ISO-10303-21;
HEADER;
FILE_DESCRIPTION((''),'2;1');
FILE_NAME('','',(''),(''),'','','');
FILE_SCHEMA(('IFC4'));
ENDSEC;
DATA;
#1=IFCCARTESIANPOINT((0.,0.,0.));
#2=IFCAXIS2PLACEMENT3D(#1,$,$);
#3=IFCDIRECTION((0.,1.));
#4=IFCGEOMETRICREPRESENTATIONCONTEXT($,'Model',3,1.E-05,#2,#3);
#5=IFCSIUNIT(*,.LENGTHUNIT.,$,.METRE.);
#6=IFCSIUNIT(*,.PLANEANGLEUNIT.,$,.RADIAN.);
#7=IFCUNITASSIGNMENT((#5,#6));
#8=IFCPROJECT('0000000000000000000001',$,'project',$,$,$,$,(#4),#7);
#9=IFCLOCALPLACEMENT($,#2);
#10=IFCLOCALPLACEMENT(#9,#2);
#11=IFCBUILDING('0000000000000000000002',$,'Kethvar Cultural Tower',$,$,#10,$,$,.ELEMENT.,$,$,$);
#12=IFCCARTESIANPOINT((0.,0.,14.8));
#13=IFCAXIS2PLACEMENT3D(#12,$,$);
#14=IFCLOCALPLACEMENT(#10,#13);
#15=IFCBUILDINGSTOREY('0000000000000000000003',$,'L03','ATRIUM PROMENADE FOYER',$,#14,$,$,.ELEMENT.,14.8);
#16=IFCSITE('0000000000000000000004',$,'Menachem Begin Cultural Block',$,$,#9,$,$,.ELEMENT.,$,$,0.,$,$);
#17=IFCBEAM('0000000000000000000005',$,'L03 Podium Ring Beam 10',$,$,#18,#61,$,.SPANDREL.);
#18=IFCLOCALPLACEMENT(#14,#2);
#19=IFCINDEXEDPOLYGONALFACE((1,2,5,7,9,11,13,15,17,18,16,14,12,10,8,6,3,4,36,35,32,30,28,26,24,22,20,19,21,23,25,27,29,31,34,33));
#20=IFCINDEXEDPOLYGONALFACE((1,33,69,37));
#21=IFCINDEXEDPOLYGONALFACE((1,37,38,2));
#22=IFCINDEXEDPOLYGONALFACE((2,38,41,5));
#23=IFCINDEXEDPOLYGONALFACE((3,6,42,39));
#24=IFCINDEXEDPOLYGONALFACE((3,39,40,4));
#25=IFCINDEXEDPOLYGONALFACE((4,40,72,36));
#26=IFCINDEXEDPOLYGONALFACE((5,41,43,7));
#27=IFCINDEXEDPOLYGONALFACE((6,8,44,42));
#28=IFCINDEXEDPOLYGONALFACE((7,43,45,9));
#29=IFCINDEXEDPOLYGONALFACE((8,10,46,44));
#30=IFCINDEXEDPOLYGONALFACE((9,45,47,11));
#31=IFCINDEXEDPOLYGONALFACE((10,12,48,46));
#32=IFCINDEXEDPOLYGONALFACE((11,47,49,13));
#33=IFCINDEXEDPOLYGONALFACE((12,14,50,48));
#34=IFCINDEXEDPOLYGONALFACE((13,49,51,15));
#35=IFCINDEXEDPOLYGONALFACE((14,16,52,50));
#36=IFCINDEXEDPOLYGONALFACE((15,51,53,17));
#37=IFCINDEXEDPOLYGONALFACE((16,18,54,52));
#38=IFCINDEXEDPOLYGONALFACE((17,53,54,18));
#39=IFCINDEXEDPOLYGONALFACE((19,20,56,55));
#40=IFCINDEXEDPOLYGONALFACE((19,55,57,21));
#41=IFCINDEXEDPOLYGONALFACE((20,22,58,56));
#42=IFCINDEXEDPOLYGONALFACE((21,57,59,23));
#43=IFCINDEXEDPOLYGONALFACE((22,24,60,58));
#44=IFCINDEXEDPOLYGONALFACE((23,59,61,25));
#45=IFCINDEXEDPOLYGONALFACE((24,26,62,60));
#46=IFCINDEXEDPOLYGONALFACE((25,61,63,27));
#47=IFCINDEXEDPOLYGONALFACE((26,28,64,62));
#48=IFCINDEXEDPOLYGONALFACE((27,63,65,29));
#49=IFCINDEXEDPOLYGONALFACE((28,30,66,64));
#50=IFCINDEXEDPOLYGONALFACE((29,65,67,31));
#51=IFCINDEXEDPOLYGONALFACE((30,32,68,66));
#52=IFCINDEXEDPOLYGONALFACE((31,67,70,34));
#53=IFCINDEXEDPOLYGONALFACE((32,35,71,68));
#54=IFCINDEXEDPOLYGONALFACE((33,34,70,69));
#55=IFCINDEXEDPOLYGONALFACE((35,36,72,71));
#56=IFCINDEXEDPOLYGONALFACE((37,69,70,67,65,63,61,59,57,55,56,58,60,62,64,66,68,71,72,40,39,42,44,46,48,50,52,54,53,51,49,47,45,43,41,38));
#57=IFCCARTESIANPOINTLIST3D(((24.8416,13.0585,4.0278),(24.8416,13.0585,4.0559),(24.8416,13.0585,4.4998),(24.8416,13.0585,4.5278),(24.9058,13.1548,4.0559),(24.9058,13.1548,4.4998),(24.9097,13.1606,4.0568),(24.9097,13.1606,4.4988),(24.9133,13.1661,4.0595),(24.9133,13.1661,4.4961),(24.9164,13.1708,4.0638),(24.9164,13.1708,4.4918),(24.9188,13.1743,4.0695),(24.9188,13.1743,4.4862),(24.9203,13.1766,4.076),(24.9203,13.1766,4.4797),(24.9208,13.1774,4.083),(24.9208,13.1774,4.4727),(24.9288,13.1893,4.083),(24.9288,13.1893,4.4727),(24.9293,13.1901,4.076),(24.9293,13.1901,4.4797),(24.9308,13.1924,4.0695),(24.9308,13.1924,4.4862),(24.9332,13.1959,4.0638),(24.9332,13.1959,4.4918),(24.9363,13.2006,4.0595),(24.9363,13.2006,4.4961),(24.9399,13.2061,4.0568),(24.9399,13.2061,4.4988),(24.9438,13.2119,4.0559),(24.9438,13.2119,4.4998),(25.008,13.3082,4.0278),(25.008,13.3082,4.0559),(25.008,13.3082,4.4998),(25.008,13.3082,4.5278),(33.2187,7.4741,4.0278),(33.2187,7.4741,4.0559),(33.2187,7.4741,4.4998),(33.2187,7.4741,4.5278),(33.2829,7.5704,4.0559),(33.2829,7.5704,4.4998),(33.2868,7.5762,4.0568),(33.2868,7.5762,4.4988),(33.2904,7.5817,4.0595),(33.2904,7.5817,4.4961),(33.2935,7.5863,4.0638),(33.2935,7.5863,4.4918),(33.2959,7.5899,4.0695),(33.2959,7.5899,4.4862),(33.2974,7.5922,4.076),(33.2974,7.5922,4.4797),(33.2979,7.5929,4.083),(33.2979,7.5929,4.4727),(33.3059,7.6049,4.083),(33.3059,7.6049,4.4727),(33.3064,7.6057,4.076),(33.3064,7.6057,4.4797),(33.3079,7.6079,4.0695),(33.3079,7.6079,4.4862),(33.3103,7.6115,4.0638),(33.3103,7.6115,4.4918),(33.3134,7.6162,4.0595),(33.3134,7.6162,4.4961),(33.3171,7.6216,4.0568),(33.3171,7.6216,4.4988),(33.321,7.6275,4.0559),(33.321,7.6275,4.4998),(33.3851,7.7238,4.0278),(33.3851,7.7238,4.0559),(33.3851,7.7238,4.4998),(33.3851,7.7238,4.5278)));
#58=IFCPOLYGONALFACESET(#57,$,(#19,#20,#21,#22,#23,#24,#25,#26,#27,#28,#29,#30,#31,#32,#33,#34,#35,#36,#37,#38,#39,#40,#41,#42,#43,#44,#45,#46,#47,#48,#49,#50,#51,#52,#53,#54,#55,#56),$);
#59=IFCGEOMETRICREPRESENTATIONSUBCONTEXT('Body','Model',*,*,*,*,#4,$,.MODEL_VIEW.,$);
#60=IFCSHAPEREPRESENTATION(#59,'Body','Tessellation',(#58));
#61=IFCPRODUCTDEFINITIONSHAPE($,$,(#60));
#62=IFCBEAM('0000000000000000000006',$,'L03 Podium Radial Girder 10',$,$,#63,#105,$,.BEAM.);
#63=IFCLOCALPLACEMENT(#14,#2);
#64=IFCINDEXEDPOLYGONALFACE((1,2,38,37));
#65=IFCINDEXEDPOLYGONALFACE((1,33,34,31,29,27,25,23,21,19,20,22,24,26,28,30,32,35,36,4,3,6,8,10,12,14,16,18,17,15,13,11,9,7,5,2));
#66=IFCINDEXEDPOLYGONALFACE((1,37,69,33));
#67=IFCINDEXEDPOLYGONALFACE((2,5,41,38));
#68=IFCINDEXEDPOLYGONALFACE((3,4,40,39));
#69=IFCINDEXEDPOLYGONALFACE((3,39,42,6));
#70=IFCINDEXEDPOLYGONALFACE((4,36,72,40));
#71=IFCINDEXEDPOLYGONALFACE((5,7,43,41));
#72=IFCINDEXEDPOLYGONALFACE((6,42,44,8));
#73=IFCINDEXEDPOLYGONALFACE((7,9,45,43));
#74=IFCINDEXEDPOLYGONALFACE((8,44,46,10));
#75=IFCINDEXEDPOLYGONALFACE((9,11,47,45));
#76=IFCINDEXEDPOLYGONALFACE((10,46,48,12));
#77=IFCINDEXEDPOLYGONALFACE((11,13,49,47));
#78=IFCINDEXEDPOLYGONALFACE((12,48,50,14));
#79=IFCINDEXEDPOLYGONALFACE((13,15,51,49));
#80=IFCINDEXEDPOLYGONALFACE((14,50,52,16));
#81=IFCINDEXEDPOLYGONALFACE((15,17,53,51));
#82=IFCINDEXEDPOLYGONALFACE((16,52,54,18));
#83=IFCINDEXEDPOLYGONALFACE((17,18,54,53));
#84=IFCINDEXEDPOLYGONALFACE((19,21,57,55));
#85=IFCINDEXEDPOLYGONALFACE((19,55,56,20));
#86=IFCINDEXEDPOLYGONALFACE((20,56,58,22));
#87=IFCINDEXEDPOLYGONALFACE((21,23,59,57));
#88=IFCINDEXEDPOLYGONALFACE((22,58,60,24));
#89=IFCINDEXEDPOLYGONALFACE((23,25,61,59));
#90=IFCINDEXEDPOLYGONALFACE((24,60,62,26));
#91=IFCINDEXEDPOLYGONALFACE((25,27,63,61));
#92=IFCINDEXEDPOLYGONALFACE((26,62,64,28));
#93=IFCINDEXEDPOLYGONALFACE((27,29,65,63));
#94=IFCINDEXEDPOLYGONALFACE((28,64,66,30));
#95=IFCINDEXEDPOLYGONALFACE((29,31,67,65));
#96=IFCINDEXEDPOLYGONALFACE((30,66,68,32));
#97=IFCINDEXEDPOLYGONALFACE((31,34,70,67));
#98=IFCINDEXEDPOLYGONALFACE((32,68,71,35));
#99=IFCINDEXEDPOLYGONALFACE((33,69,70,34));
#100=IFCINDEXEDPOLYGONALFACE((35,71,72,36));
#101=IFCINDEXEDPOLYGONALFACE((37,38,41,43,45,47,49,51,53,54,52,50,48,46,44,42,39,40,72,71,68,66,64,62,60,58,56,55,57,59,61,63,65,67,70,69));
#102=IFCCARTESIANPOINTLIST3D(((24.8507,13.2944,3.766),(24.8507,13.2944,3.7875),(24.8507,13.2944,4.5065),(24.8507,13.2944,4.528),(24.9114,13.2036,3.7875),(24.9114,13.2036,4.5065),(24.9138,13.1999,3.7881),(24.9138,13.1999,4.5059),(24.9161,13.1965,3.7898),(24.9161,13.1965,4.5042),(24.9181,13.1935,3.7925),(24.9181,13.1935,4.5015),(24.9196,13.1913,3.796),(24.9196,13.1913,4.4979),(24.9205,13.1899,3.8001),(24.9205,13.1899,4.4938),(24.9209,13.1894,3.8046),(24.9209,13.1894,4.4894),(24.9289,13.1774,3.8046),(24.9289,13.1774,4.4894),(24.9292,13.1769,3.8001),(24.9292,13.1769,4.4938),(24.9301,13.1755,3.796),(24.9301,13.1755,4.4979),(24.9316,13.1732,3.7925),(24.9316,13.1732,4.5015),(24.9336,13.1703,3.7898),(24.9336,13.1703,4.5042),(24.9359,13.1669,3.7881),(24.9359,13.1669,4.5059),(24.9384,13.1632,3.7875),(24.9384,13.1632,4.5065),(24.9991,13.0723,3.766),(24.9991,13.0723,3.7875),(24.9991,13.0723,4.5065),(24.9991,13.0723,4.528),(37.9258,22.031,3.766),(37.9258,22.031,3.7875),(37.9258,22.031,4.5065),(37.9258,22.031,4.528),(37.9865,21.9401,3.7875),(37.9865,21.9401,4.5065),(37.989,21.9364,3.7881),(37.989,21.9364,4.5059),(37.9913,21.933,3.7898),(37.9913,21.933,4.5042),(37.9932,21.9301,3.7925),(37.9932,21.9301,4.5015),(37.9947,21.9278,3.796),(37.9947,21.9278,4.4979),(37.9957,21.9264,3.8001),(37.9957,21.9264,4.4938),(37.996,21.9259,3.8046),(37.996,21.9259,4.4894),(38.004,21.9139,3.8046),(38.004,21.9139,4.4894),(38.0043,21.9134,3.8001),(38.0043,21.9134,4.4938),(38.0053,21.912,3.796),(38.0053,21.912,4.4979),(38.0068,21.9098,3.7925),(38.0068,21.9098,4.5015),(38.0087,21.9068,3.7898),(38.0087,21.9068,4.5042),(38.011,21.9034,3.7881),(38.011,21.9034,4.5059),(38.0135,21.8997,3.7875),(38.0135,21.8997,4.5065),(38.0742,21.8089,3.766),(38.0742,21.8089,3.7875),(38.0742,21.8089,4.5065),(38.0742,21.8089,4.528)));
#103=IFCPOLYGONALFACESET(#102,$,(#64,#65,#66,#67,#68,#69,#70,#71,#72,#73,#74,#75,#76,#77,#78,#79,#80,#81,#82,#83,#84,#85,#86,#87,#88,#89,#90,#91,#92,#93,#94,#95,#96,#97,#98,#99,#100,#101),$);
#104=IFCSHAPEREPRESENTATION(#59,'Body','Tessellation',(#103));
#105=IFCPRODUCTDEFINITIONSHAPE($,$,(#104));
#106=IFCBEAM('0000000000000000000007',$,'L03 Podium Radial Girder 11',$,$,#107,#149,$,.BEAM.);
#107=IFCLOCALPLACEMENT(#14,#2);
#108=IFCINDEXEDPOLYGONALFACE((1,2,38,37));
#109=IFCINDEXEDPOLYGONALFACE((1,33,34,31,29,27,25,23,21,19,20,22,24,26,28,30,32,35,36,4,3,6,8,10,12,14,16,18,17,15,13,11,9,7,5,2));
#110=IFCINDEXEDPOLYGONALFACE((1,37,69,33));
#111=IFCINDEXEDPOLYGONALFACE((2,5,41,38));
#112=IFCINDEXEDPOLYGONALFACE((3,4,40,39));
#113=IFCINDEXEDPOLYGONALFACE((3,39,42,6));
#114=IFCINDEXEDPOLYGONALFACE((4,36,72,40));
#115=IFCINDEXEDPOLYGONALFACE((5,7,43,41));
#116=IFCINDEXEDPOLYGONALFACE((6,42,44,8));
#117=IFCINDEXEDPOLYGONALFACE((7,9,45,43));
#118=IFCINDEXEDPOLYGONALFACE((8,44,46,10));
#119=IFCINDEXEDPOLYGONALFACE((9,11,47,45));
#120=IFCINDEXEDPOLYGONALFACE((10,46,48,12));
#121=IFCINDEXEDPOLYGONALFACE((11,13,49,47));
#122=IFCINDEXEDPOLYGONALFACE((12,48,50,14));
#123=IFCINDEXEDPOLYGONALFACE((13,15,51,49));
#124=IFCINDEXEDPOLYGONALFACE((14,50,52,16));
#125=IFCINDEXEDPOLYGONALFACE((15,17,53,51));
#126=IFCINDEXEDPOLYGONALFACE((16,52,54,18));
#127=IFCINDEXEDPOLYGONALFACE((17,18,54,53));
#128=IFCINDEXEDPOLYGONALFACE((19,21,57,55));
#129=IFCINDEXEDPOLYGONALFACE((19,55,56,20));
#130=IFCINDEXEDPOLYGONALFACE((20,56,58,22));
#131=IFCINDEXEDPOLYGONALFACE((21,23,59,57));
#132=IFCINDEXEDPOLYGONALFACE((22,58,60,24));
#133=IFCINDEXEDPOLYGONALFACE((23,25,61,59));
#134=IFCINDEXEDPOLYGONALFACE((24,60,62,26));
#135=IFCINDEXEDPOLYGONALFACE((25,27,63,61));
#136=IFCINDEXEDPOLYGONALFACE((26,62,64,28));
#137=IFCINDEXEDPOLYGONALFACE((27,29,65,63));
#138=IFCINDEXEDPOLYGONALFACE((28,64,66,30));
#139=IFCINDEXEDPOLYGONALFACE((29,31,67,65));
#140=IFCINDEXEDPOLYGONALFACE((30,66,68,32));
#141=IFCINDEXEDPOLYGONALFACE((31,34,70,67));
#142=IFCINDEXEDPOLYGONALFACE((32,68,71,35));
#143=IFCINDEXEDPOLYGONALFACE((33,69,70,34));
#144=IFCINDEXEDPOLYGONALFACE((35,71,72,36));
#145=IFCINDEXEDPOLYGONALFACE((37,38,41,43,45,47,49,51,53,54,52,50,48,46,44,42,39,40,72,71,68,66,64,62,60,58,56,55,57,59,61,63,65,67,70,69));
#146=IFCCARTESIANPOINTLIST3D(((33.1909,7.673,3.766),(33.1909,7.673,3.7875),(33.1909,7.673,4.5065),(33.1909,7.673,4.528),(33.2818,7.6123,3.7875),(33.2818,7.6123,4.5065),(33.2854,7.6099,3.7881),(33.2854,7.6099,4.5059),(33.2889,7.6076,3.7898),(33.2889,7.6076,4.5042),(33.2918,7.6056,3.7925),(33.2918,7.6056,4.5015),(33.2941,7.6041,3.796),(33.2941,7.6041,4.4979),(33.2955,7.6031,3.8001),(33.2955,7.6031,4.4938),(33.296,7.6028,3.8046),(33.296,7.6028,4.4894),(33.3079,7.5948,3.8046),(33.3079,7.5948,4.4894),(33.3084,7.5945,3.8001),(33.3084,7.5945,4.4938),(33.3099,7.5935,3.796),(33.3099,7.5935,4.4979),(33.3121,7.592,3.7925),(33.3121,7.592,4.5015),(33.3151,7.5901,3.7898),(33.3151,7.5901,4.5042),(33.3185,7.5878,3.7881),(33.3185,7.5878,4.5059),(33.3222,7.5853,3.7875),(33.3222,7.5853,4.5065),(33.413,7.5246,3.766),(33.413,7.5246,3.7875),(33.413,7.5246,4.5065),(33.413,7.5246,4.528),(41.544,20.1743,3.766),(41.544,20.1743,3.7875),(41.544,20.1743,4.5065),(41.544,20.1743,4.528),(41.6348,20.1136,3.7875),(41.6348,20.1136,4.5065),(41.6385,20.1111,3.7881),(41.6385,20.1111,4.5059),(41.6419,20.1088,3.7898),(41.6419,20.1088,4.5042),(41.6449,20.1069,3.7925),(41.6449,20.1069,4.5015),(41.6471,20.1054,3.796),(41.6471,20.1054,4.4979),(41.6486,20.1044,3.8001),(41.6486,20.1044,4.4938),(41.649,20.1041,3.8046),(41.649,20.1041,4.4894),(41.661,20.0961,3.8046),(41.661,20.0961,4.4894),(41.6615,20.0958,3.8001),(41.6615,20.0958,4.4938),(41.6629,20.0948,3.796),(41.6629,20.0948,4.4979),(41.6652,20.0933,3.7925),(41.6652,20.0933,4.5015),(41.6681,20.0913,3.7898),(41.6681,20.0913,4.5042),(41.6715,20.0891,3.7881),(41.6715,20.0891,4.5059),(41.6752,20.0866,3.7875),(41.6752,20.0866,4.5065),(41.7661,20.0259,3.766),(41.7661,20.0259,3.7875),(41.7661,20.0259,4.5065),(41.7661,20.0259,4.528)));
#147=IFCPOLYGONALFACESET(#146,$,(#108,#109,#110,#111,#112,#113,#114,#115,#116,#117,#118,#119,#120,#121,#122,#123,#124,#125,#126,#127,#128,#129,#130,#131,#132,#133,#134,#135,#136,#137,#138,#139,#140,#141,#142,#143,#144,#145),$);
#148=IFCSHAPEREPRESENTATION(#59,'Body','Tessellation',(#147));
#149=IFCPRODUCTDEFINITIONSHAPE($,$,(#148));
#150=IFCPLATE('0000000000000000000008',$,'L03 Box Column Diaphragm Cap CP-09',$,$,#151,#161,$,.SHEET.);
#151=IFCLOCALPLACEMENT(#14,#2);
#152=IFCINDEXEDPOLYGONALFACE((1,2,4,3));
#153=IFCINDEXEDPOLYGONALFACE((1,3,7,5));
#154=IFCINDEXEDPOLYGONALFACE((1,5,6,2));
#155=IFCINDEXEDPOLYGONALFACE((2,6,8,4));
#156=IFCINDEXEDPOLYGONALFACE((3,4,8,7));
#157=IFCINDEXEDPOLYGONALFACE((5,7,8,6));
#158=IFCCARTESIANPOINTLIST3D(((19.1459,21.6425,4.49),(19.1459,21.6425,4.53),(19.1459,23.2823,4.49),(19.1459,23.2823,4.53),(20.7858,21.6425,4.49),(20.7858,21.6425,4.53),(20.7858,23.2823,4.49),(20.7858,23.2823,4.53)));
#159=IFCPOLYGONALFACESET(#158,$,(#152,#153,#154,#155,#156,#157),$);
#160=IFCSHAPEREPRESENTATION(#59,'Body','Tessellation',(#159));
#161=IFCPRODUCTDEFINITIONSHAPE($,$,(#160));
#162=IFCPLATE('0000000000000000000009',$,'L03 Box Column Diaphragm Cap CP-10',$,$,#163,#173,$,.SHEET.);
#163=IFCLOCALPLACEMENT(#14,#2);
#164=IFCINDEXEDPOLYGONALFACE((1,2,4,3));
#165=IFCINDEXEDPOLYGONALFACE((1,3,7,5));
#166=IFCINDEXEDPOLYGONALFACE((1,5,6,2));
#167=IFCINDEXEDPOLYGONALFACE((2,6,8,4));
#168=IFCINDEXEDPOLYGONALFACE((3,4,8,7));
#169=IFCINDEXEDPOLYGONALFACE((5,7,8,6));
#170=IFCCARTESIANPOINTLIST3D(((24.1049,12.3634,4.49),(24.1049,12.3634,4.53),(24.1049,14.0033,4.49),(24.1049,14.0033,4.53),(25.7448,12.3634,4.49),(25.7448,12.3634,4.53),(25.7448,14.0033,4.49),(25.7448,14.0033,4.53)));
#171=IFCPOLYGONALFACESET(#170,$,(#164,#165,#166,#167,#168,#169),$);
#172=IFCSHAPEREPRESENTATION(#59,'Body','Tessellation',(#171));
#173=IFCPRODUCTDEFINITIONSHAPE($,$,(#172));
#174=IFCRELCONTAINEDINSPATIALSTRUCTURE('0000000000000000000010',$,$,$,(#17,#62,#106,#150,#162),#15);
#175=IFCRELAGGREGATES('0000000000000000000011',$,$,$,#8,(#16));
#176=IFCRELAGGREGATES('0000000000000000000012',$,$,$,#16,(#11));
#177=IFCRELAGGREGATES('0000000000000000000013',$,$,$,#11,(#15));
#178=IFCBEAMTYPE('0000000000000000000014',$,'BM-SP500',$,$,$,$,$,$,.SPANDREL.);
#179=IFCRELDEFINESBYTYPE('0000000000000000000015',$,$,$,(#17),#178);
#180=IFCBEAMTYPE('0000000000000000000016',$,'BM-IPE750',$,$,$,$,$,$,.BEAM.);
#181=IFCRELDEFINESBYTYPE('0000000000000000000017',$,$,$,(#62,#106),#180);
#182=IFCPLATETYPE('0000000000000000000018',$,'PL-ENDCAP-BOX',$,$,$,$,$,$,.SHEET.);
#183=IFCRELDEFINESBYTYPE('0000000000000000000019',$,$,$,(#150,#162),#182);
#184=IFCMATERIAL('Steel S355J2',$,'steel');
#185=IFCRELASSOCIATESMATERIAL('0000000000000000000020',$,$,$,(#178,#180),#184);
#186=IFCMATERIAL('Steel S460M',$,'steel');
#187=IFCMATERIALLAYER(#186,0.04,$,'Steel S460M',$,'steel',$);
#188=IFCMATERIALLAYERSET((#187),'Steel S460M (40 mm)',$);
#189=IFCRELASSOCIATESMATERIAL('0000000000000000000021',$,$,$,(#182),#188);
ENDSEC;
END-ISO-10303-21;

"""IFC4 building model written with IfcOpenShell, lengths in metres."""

from ifc_helpers import new_model, si_unit, direction, frame, origin, origin_2d, place, context, subcontext, project, spatial, rectangle, i_section, extrude, source, transform, mapped, material, layer, layer_set, material_profile, profile_set, type_object, element, save


model = new_model("IFC4")

# Units and contexts
model_context = context("Model", 3, precision=1e-05, world=origin(), true_north=direction((0.0, 1.0)))
body_context = subcontext(model_context, "Body", "Model", "MODEL_VIEW")
ifc_project = project(units=[si_unit("LENGTHUNIT", "METRE"), si_unit("PLANEANGLEUNIT", "RADIAN")], contexts=[model_context])

# Site, building, storey
site_placement = place(None, origin())
site = spatial("IfcSite", under=ifc_project, at=site_placement, Name="Menachem Begin Cultural Block", CompositionType="ELEMENT", RefElevation=0.0)
building_placement = place(site_placement, origin())
building = spatial("IfcBuilding", under=site, at=building_placement, Name="Kethvar Cultural Tower", CompositionType="ELEMENT")
storey_placement = place(building_placement, frame((0.0, 0.0, 14.8)))
storey = spatial("IfcBuildingStorey", under=building, at=storey_placement, Name="L03", Description="ATRIUM PROMENADE FOYER", CompositionType="ELEMENT", Elevation=14.8)

# Shared definitions
ifc_material_1 = material(Name="Steel S460M", Category="steel")

# Beams
ifc_material_2 = material(Name="Steel S355J2", Category="steel")
ifc_material_profile_1 = material_profile(ifc_material_2, i_section(OverallWidth=0.3, OverallDepth=0.5, WebThickness=0.0144, FlangeThickness=0.0281, FilletRadius=0.0271, at=origin_2d()), Name="Steel S355J2 — HEB500")
ifc_profile_set_1 = profile_set([ifc_material_profile_1], Name="Steel S355J2 — HEB500")
beam_type_1 = type_object("IfcBeamType", Name="BM-SP500", PredefinedType="SPANDREL", material=ifc_profile_set_1)
shared_shape_1 = source(origin(), body_context, "Body", "SweptSolid", [
    extrude(i_section(OverallWidth=0.3, OverallDepth=0.5, WebThickness=0.0144, FlangeThickness=0.0281, FilletRadius=0.0271, at=origin_2d()), origin(), (0.0, 0.0, 1.0), 10.0679),
])
beam_1_placement = place(storey_placement, frame((24.9248, 13.1833, 4.2778), z_axis=(0.832065, -0.554678, 0.0), x_axis=(0.554678, 0.832065, 0.0)))
element("IfcBeam", 1, at=beam_1_placement, inside=storey, type_object=beam_type_1, Name="L03 Podium Ring Beam 10", PredefinedType="SPANDREL", context=body_context, shape_type="MappedRepresentation", body=[
    mapped(shared_shape_1, transform((0.0, 0.0, 0.0), scale=1.0)),
])
ifc_material_profile_2 = material_profile(ifc_material_2, i_section(OverallWidth=0.2671, OverallDepth=0.762, WebThickness=0.0144, FlangeThickness=0.0215, FilletRadius=0.0171, at=origin_2d()), Name="Steel S355J2 — IPE750x173")
ifc_profile_set_2 = profile_set([ifc_material_profile_2], Name="Steel S355J2 — IPE750x173")
beam_type_2 = type_object("IfcBeamType", Name="BM-IPE750", PredefinedType="BEAM", material=ifc_profile_set_2)
shared_shape_2 = source(origin(), body_context, "Body", "SweptSolid", [
    extrude(i_section(OverallWidth=0.2671, OverallDepth=0.762, WebThickness=0.0144, FlangeThickness=0.0215, FilletRadius=0.0171, at=origin_2d()), origin(), (0.0, 0.0, 1.0), 15.7253),
])
beam_2_placement = place(storey_placement, frame((38.0, 21.9199, 4.147), z_axis=(-0.831469, -0.55557, 0.0), x_axis=(0.55557, -0.831469, 0.0)))
element("IfcBeam", 2, at=beam_2_placement, inside=storey, type_object=beam_type_2, Name="L03 Podium Radial Girder 10", PredefinedType="BEAM", context=body_context, shape_type="MappedRepresentation", body=[
    mapped(shared_shape_2, transform((0.0, 0.0, 0.0), scale=1.0)),
])
shared_shape_3 = source(origin(), body_context, "Body", "SweptSolid", [
    extrude(i_section(OverallWidth=0.2671, OverallDepth=0.762, WebThickness=0.0144, FlangeThickness=0.0215, FilletRadius=0.0171, at=origin_2d()), origin(), (0.0, 0.0, 1.0), 15.0352),
])
beam_3_placement = place(storey_placement, frame((41.655, 20.1001, 4.147), z_axis=(-0.555569, -0.83147, 0.0), x_axis=(0.83147, -0.555569, 0.0)))
element("IfcBeam", 3, at=beam_3_placement, inside=storey, type_object=beam_type_2, Name="L03 Podium Radial Girder 11", PredefinedType="BEAM", context=body_context, shape_type="MappedRepresentation", body=[
    mapped(shared_shape_3, transform((0.0, 0.0, 0.0), scale=1.0)),
])

# Plates
ifc_layer_1 = layer(ifc_material_1, 0.04, Name="Steel S460M", Category="steel")
ifc_layer_set_1 = layer_set([ifc_layer_1], Name="Steel S460M (40 mm)")
plate_type = type_object("IfcPlateType", Name="PL-ENDCAP-BOX", PredefinedType="SHEET", material=ifc_layer_set_1)
shared_shape_4 = source(origin(), body_context, "Body", "SweptSolid", [
    extrude(rectangle(XDim=1.6399, YDim=1.6399, at=origin_2d()), origin(), (0.0, 0.0, 1.0), 0.04),
])
for number, where, z_axis, x_axis, name in (
    (4, (19.9658, 22.4624, 4.49), (0.0, 0.0, 1.0), (1.0, 0.0, 0.0), "L03 Box Column Diaphragm Cap CP-09"),
    (5, (24.9248, 13.1833, 4.49), (0.0, 0.0, 1.0), (1.0, 0.0, 0.0), "L03 Box Column Diaphragm Cap CP-10"),
):
    element("IfcPlate", number, at=place(storey_placement, frame(where, z_axis=z_axis, x_axis=x_axis)), inside=storey, type_object=plate_type, Name=name, PredefinedType="SHEET", context=body_context, shape_type="MappedRepresentation", body=[
        mapped(shared_shape_4, transform((0.0, 0.0, 0.0), scale=1.0)),
    ])

save(model, "model.ifc")
